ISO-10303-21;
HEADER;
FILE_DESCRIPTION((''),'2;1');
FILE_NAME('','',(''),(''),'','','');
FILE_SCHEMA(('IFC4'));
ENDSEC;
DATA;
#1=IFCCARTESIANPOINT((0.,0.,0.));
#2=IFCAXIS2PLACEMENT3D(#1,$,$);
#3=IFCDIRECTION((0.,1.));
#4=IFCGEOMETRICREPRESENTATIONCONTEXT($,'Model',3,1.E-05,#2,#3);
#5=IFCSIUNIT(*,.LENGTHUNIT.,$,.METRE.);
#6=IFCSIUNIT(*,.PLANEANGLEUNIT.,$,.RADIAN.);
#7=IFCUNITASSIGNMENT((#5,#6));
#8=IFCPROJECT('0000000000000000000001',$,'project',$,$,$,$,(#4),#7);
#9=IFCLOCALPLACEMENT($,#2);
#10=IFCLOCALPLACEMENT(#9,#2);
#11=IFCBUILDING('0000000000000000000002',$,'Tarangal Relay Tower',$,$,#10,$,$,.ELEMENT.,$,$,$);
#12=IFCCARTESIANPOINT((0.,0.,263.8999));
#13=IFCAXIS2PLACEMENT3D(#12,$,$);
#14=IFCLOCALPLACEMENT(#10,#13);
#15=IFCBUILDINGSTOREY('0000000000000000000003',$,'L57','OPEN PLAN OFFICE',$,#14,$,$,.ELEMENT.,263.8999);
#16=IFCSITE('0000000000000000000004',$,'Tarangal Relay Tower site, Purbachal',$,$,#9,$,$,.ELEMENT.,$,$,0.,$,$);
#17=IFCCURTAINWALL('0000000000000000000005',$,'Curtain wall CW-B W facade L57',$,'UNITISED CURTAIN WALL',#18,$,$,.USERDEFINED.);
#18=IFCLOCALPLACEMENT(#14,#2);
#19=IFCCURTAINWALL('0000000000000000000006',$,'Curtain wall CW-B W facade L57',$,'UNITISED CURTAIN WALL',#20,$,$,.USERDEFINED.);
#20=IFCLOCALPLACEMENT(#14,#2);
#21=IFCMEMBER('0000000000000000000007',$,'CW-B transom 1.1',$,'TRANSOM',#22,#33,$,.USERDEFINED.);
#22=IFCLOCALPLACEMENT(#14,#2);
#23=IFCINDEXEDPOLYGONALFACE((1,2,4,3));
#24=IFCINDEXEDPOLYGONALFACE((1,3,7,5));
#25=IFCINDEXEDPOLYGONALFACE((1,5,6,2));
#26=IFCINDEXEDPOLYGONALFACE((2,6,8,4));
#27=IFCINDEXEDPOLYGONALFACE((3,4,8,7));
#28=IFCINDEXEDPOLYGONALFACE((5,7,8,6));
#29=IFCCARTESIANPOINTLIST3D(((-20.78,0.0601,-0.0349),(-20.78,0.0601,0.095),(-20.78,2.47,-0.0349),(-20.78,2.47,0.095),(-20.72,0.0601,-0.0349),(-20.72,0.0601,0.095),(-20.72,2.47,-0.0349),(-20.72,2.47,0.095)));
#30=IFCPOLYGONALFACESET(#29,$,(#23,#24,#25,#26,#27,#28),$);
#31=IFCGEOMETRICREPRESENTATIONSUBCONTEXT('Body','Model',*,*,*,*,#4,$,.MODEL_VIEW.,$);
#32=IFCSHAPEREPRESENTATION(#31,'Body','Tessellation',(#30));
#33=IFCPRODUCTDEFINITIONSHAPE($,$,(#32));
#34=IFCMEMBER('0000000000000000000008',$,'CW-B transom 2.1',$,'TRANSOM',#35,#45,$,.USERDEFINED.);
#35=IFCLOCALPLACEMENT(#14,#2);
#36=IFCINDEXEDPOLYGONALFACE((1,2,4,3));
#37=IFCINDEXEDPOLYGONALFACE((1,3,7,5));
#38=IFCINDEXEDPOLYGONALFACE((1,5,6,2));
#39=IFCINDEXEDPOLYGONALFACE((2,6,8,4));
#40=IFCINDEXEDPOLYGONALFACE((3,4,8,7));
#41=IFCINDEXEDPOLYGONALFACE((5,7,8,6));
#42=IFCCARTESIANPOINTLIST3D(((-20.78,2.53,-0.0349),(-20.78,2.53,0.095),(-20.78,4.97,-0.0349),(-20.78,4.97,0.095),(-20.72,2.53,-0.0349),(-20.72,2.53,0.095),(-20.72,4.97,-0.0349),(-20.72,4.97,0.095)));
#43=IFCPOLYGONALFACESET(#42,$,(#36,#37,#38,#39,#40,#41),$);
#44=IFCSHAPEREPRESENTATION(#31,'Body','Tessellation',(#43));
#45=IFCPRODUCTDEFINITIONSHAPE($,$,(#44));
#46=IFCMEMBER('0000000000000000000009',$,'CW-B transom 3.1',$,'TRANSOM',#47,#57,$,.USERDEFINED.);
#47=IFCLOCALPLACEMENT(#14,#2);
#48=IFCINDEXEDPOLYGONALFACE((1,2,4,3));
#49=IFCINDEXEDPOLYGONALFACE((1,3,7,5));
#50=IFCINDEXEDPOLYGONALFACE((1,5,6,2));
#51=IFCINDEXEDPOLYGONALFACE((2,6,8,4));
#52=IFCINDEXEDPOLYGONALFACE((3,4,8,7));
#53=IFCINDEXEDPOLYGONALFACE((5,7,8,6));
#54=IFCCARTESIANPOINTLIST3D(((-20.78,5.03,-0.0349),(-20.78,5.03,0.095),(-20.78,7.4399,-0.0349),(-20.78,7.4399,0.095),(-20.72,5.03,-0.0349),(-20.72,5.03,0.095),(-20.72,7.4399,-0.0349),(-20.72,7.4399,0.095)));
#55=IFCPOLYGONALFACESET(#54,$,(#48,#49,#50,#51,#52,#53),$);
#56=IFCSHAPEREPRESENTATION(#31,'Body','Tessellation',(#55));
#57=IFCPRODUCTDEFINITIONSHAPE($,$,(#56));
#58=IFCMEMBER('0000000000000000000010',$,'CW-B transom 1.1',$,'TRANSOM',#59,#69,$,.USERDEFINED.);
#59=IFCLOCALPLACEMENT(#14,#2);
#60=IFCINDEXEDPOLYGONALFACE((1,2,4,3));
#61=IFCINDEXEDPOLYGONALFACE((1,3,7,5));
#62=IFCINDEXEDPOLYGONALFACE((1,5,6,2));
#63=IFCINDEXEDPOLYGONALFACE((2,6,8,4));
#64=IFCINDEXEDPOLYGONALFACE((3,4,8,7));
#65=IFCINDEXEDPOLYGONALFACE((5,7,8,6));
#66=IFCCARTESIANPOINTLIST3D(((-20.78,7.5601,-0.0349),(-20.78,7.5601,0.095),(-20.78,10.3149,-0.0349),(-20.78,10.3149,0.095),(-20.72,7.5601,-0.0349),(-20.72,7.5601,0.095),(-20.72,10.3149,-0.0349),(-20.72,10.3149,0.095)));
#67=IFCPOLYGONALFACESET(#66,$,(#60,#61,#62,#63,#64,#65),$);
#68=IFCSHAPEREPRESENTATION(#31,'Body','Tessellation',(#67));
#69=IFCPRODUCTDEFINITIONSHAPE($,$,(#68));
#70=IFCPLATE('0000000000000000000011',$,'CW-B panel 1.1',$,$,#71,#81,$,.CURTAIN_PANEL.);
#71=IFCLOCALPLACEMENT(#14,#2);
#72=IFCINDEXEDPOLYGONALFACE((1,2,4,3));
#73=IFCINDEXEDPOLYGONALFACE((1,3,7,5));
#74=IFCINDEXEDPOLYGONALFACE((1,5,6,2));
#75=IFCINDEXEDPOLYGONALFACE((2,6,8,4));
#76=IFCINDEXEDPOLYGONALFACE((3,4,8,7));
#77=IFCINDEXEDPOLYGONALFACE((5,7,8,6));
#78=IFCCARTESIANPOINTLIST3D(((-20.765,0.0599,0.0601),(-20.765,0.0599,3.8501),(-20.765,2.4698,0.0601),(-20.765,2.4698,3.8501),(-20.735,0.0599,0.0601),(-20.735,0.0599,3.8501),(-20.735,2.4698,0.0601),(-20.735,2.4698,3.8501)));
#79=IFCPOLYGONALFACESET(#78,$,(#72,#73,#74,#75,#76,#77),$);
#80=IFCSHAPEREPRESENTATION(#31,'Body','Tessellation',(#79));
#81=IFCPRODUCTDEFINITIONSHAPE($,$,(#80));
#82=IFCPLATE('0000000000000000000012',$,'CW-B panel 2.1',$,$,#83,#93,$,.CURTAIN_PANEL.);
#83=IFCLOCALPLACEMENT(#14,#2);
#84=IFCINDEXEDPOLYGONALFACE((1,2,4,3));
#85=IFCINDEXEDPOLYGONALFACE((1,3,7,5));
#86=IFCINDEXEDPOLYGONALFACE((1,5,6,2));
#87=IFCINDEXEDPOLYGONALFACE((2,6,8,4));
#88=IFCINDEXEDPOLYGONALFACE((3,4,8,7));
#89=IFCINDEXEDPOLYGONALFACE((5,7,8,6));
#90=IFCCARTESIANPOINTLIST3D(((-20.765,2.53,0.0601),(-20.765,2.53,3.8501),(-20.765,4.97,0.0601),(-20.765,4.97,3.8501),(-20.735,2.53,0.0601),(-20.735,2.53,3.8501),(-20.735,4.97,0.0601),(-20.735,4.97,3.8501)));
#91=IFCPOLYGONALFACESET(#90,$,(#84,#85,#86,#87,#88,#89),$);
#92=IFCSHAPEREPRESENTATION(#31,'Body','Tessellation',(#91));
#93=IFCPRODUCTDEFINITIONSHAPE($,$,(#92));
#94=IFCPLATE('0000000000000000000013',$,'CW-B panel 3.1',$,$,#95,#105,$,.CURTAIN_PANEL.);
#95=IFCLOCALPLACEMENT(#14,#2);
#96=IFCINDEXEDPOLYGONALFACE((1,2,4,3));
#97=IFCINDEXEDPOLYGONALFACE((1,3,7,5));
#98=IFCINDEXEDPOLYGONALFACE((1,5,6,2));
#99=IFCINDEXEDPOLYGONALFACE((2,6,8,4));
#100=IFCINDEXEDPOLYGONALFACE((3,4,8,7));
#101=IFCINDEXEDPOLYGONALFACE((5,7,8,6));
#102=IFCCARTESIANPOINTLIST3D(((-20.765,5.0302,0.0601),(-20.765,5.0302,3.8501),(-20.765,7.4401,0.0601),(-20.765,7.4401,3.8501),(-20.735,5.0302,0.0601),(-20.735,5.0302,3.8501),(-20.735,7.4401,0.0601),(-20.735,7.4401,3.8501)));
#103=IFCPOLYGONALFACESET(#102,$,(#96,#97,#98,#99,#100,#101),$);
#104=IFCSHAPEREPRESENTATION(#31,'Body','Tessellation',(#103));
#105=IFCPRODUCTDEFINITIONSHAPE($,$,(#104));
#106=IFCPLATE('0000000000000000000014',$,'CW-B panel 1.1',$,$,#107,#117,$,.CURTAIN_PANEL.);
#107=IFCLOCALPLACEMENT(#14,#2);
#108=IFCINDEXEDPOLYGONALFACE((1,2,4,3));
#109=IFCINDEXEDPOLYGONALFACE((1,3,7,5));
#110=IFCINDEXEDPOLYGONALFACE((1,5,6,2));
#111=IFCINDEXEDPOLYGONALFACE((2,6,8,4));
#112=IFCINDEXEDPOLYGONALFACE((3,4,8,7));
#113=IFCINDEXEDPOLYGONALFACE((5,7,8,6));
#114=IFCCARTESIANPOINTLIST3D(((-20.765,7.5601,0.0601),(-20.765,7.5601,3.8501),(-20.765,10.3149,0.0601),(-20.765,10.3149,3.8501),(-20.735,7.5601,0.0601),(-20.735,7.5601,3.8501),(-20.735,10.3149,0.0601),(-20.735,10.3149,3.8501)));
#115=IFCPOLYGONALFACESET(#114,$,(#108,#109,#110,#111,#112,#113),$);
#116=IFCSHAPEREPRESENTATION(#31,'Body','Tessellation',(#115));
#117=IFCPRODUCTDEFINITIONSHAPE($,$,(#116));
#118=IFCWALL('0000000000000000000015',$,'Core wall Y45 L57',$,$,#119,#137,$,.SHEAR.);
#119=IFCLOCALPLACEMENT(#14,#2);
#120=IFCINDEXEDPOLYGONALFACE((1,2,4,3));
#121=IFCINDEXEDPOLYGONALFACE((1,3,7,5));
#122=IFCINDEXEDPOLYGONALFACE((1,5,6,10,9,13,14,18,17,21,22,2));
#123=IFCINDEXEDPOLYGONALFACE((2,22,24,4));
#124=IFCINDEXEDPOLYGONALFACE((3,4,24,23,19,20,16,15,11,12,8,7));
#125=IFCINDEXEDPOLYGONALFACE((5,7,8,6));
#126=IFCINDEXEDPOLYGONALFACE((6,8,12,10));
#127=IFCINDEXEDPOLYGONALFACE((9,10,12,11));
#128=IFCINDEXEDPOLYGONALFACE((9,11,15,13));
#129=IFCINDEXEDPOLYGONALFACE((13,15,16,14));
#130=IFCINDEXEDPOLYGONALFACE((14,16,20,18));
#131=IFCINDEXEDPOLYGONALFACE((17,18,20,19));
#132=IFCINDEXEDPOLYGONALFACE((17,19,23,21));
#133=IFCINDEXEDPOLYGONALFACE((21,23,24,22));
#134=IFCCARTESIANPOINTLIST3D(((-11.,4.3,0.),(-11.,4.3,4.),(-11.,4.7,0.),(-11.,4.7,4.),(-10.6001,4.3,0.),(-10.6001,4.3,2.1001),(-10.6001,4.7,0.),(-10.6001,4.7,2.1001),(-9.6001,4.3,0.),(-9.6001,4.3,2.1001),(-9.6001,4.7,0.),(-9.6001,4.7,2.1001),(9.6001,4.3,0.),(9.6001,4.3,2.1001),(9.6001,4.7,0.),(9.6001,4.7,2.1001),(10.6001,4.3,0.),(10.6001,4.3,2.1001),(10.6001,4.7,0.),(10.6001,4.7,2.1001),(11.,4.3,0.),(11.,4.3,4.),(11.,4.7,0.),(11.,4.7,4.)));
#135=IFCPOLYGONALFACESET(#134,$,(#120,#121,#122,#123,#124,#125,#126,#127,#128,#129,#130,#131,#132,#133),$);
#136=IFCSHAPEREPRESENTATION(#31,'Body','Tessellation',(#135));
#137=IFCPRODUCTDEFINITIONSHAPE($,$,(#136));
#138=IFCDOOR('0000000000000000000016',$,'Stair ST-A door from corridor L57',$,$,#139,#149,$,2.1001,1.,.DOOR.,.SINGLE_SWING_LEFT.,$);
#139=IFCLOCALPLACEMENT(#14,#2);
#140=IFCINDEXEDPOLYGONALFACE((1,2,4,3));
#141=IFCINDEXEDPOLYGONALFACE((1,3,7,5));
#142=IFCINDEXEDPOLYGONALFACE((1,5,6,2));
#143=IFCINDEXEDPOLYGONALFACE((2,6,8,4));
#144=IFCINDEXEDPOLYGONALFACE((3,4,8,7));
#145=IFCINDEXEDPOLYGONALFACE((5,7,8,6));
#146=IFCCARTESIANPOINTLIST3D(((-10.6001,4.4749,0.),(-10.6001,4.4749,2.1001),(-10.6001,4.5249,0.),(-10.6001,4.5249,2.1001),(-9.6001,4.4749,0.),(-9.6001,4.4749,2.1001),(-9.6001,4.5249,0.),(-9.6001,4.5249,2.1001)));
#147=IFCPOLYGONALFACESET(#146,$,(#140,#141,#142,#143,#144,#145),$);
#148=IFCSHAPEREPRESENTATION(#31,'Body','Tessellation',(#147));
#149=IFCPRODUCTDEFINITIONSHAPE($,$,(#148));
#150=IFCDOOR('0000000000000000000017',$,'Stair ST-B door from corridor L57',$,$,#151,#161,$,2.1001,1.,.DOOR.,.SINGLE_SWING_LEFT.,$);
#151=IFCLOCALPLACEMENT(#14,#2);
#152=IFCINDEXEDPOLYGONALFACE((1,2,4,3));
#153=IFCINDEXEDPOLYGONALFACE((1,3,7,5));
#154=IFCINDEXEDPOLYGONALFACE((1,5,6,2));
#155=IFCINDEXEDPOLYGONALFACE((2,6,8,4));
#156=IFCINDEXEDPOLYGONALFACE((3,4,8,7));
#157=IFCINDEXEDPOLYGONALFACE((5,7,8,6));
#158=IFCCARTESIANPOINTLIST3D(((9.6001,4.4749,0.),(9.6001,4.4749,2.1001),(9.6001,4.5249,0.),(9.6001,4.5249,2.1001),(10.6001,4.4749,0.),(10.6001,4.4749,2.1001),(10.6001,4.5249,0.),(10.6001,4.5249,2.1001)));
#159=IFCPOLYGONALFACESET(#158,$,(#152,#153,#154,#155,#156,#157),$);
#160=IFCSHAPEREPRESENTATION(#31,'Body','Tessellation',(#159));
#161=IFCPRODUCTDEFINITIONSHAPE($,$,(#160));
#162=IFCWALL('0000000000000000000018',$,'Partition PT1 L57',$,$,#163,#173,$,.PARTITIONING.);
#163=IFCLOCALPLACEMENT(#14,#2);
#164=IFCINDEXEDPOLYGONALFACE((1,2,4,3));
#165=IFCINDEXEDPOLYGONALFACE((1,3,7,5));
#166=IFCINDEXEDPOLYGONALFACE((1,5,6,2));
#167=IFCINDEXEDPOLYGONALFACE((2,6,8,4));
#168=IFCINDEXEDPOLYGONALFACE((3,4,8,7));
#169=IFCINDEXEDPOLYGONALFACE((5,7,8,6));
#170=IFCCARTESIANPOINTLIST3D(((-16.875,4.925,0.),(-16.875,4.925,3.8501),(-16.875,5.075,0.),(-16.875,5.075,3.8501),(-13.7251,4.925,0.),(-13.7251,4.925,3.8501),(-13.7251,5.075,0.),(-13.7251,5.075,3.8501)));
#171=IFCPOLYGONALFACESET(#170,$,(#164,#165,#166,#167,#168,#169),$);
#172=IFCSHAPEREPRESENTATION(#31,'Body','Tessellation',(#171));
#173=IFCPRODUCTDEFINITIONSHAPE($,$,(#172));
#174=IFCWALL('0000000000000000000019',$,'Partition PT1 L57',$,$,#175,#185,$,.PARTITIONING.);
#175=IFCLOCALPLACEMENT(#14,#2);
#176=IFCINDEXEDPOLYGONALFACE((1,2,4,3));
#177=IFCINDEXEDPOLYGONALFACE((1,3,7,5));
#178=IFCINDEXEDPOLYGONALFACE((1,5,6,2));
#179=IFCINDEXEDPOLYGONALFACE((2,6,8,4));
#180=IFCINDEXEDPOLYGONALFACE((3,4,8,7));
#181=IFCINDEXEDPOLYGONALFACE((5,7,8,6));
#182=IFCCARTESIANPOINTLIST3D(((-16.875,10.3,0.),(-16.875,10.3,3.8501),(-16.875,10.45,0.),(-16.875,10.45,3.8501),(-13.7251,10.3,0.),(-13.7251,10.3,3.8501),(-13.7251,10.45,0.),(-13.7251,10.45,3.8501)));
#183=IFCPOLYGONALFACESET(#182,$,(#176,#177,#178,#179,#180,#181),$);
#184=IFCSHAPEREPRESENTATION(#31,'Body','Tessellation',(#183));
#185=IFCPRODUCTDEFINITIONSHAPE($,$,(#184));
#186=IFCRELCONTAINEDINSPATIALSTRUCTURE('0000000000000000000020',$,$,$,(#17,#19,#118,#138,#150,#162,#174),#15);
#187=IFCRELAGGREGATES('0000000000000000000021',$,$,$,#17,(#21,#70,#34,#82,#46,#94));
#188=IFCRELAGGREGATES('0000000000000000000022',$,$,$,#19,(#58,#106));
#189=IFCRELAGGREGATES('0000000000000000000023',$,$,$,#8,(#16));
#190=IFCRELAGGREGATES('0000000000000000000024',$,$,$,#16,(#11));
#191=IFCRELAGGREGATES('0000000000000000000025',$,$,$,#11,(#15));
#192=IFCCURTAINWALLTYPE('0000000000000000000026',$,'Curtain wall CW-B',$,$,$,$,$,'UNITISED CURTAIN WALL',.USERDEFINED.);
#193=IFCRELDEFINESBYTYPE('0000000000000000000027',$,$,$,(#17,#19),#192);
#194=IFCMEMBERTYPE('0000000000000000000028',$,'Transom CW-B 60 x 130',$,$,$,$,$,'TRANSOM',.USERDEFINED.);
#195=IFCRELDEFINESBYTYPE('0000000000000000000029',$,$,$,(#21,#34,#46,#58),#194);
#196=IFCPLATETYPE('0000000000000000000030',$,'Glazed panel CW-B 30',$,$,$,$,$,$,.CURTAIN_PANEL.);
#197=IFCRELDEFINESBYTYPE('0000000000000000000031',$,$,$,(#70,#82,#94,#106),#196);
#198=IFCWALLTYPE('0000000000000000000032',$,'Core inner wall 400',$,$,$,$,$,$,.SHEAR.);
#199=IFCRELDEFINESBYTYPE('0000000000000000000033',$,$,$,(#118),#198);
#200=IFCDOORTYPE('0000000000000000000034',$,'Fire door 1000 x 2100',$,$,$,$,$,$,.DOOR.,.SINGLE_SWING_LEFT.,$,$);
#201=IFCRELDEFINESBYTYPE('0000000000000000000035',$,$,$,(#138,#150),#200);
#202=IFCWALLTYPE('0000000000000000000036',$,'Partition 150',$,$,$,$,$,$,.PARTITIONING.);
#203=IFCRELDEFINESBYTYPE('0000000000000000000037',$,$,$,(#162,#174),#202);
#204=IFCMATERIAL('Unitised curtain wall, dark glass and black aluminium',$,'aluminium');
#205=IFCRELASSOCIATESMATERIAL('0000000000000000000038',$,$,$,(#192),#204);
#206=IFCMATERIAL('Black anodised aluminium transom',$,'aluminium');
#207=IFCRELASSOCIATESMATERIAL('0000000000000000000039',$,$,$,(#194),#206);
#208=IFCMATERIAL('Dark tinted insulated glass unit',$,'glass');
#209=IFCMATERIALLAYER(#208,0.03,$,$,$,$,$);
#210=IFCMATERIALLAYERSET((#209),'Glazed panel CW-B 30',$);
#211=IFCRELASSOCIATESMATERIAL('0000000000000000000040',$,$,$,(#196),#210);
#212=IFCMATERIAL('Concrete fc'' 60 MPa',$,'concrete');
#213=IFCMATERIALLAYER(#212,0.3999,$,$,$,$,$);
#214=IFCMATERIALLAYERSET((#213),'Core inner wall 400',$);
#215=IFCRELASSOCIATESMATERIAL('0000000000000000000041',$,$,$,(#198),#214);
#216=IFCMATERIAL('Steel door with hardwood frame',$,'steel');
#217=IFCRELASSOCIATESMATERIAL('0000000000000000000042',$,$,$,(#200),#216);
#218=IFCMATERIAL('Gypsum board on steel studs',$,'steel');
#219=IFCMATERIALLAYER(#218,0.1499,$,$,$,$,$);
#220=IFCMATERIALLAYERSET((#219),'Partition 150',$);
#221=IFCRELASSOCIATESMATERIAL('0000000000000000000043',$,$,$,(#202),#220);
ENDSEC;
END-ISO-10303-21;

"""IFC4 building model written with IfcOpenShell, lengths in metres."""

from ifc_helpers import new_model, si_unit, direction, frame, frame_2d, origin, origin_2d, place, context, subcontext, project, spatial, rectangle, extrude, material, layer, layer_set, material_profile, profile_set, type_object, element, fill, aggregate, save


model = new_model("IFC4")

# Units and contexts
model_context = context("Model", 3, precision=1e-05, world=origin(), true_north=direction((0.0, 1.0)))
body_context = subcontext(model_context, "Body", "Model", "MODEL_VIEW")
ifc_project = project(units=[si_unit("LENGTHUNIT", "METRE"), si_unit("PLANEANGLEUNIT", "RADIAN")], contexts=[model_context])

# Site, building, storey
site_placement = place(None, origin())
site = spatial("IfcSite", under=ifc_project, at=site_placement, Name="Tarangal Relay Tower site, Purbachal", CompositionType="ELEMENT", RefElevation=0.0)
building_placement = place(site_placement, origin())
building = spatial("IfcBuilding", under=site, at=building_placement, Name="Tarangal Relay Tower", CompositionType="ELEMENT")
storey_placement = place(building_placement, frame((0.0, 0.0, 263.8999)))
storey = spatial("IfcBuildingStorey", under=building, at=storey_placement, Name="L57", Description="OPEN PLAN OFFICE", CompositionType="ELEMENT", Elevation=263.8999)

# Curtain walls
ifc_material_1 = material(Name="Unitised curtain wall, dark glass and black aluminium", Category="aluminium")
curtain_wall_type_1 = type_object("IfcCurtainWallType", Name="Curtain wall CW-B", ElementType="UNITISED CURTAIN WALL", PredefinedType="USERDEFINED", material=ifc_material_1)
curtain_wall_1_placement = place(storey_placement, origin())
curtain_wall_1 = element("IfcCurtainWall", 1, at=curtain_wall_1_placement, inside=storey, type_object=curtain_wall_type_1, Name="Curtain wall CW-B W facade L57", ObjectType="UNITISED CURTAIN WALL", PredefinedType="USERDEFINED")
curtain_wall_2_placement = place(storey_placement, origin())
curtain_wall_2 = element("IfcCurtainWall", 2, at=curtain_wall_2_placement, inside=storey, type_object=curtain_wall_type_1, Name="Curtain wall CW-B W facade L57", ObjectType="UNITISED CURTAIN WALL", PredefinedType="USERDEFINED")

# Members
ifc_material_2 = material(Name="Black anodised aluminium transom", Category="aluminium")
ifc_material_profile_1 = material_profile(ifc_material_2, rectangle(XDim=0.0601, YDim=0.1299, at=origin_2d()), Name="CW-BT 60X130")
ifc_profile_set_1 = profile_set([ifc_material_profile_1], Name="Black anodised aluminium transom")
member_type_1 = type_object("IfcMemberType", Name="Transom CW-B 60 x 130", ElementType="TRANSOM", PredefinedType="USERDEFINED", material=ifc_profile_set_1)
member_1_placement = place(storey_placement, frame((-20.75, 0.0601, 0.03), z_axis=(0.0, 1.0, 0.0), x_axis=(-1.0, 0.0, 0.0)))
member_1 = element("IfcMember", 3, at=member_1_placement, type_object=member_type_1, Name="CW-B transom 1.1", ObjectType="TRANSOM", PredefinedType="USERDEFINED", context=body_context, shape_type="SweptSolid", body=[
    extrude(rectangle(XDim=0.0601, YDim=0.1299, at=origin_2d()), origin(), (0.0, 0.0, 1.0), 2.4099),
])
member_2_placement = place(storey_placement, frame((-20.75, 2.53, 0.03), z_axis=(0.0, 1.0, 0.0), x_axis=(-1.0, 0.0, 0.0)))
member_2 = element("IfcMember", 4, at=member_2_placement, type_object=member_type_1, Name="CW-B transom 2.1", ObjectType="TRANSOM", PredefinedType="USERDEFINED", context=body_context, shape_type="SweptSolid", body=[
    extrude(rectangle(XDim=0.0601, YDim=0.1299, at=origin_2d()), origin(), (0.0, 0.0, 1.0), 2.4399),
])
member_3_placement = place(storey_placement, frame((-20.75, 5.03, 0.03), z_axis=(0.0, 1.0, 0.0), x_axis=(-1.0, 0.0, 0.0)))
member_3 = element("IfcMember", 5, at=member_3_placement, type_object=member_type_1, Name="CW-B transom 3.1", ObjectType="TRANSOM", PredefinedType="USERDEFINED", context=body_context, shape_type="SweptSolid", body=[
    extrude(rectangle(XDim=0.0601, YDim=0.1299, at=origin_2d()), origin(), (0.0, 0.0, 1.0), 2.4099),
])
member_4_placement = place(storey_placement, frame((-20.75, 7.5601, 0.03), z_axis=(0.0, 1.0, 0.0), x_axis=(-1.0, 0.0, 0.0)))
member_4 = element("IfcMember", 6, at=member_4_placement, type_object=member_type_1, Name="CW-B transom 1.1", ObjectType="TRANSOM", PredefinedType="USERDEFINED", context=body_context, shape_type="SweptSolid", body=[
    extrude(rectangle(XDim=0.0601, YDim=0.1299, at=origin_2d()), origin(), (0.0, 0.0, 1.0), 2.7549),
])

# Plates
ifc_material_3 = material(Name="Dark tinted insulated glass unit", Category="glass")
ifc_layer_1 = layer(ifc_material_3, 0.03)
ifc_layer_set_1 = layer_set([ifc_layer_1], Name="Glazed panel CW-B 30")
plate_type = type_object("IfcPlateType", Name="Glazed panel CW-B 30", PredefinedType="CURTAIN_PANEL", material=ifc_layer_set_1)
plate_1_placement = place(storey_placement, frame((-20.75, 1.2649, 0.0601), z_axis=(0.0, 0.0, 1.0), x_axis=(0.0, 1.0, 0.0)))
plate_1 = element("IfcPlate", 7, at=plate_1_placement, type_object=plate_type, Name="CW-B panel 1.1", PredefinedType="CURTAIN_PANEL", context=body_context, shape_type="SweptSolid", body=[
    extrude(rectangle(XDim=2.4099, YDim=0.03, at=origin_2d()), origin(), (0.0, 0.0, 1.0), 3.79),
])
plate_2_placement = place(storey_placement, frame((-20.75, 3.75, 0.0601), z_axis=(0.0, 0.0, 1.0), x_axis=(0.0, 1.0, 0.0)))
plate_2 = element("IfcPlate", 8, at=plate_2_placement, type_object=plate_type, Name="CW-B panel 2.1", PredefinedType="CURTAIN_PANEL", context=body_context, shape_type="SweptSolid", body=[
    extrude(rectangle(XDim=2.4399, YDim=0.03, at=origin_2d()), origin(), (0.0, 0.0, 1.0), 3.79),
])
plate_3_placement = place(storey_placement, frame((-20.75, 6.2351, 0.0601), z_axis=(0.0, 0.0, 1.0), x_axis=(0.0, 1.0, 0.0)))
plate_3 = element("IfcPlate", 9, at=plate_3_placement, type_object=plate_type, Name="CW-B panel 3.1", PredefinedType="CURTAIN_PANEL", context=body_context, shape_type="SweptSolid", body=[
    extrude(rectangle(XDim=2.4099, YDim=0.03, at=origin_2d()), origin(), (0.0, 0.0, 1.0), 3.79),
])
aggregate(curtain_wall_1, [member_1, plate_1, member_2, plate_2, member_3, plate_3])
plate_4_placement = place(storey_placement, frame((-20.75, 8.9375, 0.0601), z_axis=(0.0, 0.0, 1.0), x_axis=(0.0, 1.0, 0.0)))
plate_4 = element("IfcPlate", 10, at=plate_4_placement, type_object=plate_type, Name="CW-B panel 1.1", PredefinedType="CURTAIN_PANEL", context=body_context, shape_type="SweptSolid", body=[
    extrude(rectangle(XDim=2.7549, YDim=0.03, at=origin_2d()), origin(), (0.0, 0.0, 1.0), 3.79),
])
aggregate(curtain_wall_2, [member_4, plate_4])

# Wall, openings, doors
ifc_material_4 = material(Name="Concrete fc' 60 MPa", Category="concrete")
ifc_layer_2 = layer(ifc_material_4, 0.3999)
ifc_layer_set_2 = layer_set([ifc_layer_2], Name="Core inner wall 400")
wall_type_1 = type_object("IfcWallType", Name="Core inner wall 400", PredefinedType="SHEAR", material=ifc_layer_set_2)
wall_1_placement = place(storey_placement, frame((-11.0, 4.5, 0.0), z_axis=(0.0, 0.0, 1.0), x_axis=(1.0, 0.0, 0.0)))
wall_1 = element("IfcWall", 11, at=wall_1_placement, inside=storey, type_object=wall_type_1, Name="Core wall Y45 L57", PredefinedType="SHEAR", context=body_context, shape_type="SweptSolid", body=[
    extrude(rectangle(XDim=22.0, YDim=0.3999, at=frame_2d((11.0, 0.0))), origin(), (0.0, 0.0, 1.0), 4.0),
])
opening_1_placement = place(wall_1_placement, frame((0.3999, 0.0, 0.0)))
opening_1 = element("IfcOpeningElement", 12, at=opening_1_placement, cuts=wall_1, PredefinedType="OPENING", context=body_context, shape_type="SweptSolid", body=[
    extrude(rectangle(XDim=1.0, YDim=2.1001, at=frame_2d((0.5, 1.05))), frame((0.0, 0.21, 0.0), z_axis=(0.0, -1.0, 0.0), x_axis=(1.0, 0.0, 0.0)), (0.0, 0.0, 1.0), 0.4199),
])
opening_2_placement = place(wall_1_placement, frame((20.6001, 0.0, 0.0)))
opening_2 = element("IfcOpeningElement", 13, at=opening_2_placement, cuts=wall_1, PredefinedType="OPENING", context=body_context, shape_type="SweptSolid", body=[
    extrude(rectangle(XDim=1.0, YDim=2.1001, at=frame_2d((0.5, 1.05))), frame((0.0, 0.21, 0.0), z_axis=(0.0, -1.0, 0.0), x_axis=(1.0, 0.0, 0.0)), (0.0, 0.0, 1.0), 0.4199),
])
ifc_material_5 = material(Name="Steel door with hardwood frame", Category="steel")
door_type_1 = type_object("IfcDoorType", Name="Fire door 1000 x 2100", OperationType="SINGLE_SWING_LEFT", PredefinedType="DOOR", material=ifc_material_5)
door_1_placement = place(opening_1_placement, origin())
door_1 = element("IfcDoor", 14, at=door_1_placement, inside=storey, type_object=door_type_1, Name="Stair ST-A door from corridor L57", OperationType="SINGLE_SWING_LEFT", OverallHeight=2.1001, OverallWidth=1.0, PredefinedType="DOOR", context=body_context, shape_type="SweptSolid", body=[
    extrude(rectangle(XDim=1.0, YDim=2.1001, at=frame_2d((0.5, 1.05))), frame((0.0, 0.0249, 0.0), z_axis=(0.0, -1.0, 0.0), x_axis=(1.0, 0.0, 0.0)), (0.0, 0.0, 1.0), 0.05),
])
fill(opening_1, door_1)
door_2_placement = place(opening_2_placement, origin())
door_2 = element("IfcDoor", 15, at=door_2_placement, inside=storey, type_object=door_type_1, Name="Stair ST-B door from corridor L57", OperationType="SINGLE_SWING_LEFT", OverallHeight=2.1001, OverallWidth=1.0, PredefinedType="DOOR", context=body_context, shape_type="SweptSolid", body=[
    extrude(rectangle(XDim=1.0, YDim=2.1001, at=frame_2d((0.5, 1.05))), frame((0.0, 0.0249, 0.0), z_axis=(0.0, -1.0, 0.0), x_axis=(1.0, 0.0, 0.0)), (0.0, 0.0, 1.0), 0.05),
])
fill(opening_2, door_2)

# Walls
ifc_material_6 = material(Name="Gypsum board on steel studs", Category="steel")
ifc_layer_3 = layer(ifc_material_6, 0.1499)
ifc_layer_set_3 = layer_set([ifc_layer_3], Name="Partition 150")
wall_type_2 = type_object("IfcWallType", Name="Partition 150", PredefinedType="PARTITIONING", material=ifc_layer_set_3)
for number, where, z_axis, x_axis, name in (
    (16, (-16.875, 5.0, 0.0), (0.0, 0.0, 1.0), (1.0, 0.0, 0.0), "Partition PT1 L57"),
    (17, (-16.875, 10.375, 0.0), (0.0, 0.0, 1.0), (1.0, 0.0, 0.0), "Partition PT1 L57"),
):
    element("IfcWall", number, at=place(storey_placement, frame(where, z_axis=z_axis, x_axis=x_axis)), inside=storey, type_object=wall_type_2, Name=name, PredefinedType="PARTITIONING", context=body_context, shape_type="SweptSolid", body=[
        extrude(rectangle(XDim=3.1499, YDim=0.1499, at=frame_2d((1.575, 0.0))), origin(), (0.0, 0.0, 1.0), 3.8501),
    ])

save(model, "model.ifc")
